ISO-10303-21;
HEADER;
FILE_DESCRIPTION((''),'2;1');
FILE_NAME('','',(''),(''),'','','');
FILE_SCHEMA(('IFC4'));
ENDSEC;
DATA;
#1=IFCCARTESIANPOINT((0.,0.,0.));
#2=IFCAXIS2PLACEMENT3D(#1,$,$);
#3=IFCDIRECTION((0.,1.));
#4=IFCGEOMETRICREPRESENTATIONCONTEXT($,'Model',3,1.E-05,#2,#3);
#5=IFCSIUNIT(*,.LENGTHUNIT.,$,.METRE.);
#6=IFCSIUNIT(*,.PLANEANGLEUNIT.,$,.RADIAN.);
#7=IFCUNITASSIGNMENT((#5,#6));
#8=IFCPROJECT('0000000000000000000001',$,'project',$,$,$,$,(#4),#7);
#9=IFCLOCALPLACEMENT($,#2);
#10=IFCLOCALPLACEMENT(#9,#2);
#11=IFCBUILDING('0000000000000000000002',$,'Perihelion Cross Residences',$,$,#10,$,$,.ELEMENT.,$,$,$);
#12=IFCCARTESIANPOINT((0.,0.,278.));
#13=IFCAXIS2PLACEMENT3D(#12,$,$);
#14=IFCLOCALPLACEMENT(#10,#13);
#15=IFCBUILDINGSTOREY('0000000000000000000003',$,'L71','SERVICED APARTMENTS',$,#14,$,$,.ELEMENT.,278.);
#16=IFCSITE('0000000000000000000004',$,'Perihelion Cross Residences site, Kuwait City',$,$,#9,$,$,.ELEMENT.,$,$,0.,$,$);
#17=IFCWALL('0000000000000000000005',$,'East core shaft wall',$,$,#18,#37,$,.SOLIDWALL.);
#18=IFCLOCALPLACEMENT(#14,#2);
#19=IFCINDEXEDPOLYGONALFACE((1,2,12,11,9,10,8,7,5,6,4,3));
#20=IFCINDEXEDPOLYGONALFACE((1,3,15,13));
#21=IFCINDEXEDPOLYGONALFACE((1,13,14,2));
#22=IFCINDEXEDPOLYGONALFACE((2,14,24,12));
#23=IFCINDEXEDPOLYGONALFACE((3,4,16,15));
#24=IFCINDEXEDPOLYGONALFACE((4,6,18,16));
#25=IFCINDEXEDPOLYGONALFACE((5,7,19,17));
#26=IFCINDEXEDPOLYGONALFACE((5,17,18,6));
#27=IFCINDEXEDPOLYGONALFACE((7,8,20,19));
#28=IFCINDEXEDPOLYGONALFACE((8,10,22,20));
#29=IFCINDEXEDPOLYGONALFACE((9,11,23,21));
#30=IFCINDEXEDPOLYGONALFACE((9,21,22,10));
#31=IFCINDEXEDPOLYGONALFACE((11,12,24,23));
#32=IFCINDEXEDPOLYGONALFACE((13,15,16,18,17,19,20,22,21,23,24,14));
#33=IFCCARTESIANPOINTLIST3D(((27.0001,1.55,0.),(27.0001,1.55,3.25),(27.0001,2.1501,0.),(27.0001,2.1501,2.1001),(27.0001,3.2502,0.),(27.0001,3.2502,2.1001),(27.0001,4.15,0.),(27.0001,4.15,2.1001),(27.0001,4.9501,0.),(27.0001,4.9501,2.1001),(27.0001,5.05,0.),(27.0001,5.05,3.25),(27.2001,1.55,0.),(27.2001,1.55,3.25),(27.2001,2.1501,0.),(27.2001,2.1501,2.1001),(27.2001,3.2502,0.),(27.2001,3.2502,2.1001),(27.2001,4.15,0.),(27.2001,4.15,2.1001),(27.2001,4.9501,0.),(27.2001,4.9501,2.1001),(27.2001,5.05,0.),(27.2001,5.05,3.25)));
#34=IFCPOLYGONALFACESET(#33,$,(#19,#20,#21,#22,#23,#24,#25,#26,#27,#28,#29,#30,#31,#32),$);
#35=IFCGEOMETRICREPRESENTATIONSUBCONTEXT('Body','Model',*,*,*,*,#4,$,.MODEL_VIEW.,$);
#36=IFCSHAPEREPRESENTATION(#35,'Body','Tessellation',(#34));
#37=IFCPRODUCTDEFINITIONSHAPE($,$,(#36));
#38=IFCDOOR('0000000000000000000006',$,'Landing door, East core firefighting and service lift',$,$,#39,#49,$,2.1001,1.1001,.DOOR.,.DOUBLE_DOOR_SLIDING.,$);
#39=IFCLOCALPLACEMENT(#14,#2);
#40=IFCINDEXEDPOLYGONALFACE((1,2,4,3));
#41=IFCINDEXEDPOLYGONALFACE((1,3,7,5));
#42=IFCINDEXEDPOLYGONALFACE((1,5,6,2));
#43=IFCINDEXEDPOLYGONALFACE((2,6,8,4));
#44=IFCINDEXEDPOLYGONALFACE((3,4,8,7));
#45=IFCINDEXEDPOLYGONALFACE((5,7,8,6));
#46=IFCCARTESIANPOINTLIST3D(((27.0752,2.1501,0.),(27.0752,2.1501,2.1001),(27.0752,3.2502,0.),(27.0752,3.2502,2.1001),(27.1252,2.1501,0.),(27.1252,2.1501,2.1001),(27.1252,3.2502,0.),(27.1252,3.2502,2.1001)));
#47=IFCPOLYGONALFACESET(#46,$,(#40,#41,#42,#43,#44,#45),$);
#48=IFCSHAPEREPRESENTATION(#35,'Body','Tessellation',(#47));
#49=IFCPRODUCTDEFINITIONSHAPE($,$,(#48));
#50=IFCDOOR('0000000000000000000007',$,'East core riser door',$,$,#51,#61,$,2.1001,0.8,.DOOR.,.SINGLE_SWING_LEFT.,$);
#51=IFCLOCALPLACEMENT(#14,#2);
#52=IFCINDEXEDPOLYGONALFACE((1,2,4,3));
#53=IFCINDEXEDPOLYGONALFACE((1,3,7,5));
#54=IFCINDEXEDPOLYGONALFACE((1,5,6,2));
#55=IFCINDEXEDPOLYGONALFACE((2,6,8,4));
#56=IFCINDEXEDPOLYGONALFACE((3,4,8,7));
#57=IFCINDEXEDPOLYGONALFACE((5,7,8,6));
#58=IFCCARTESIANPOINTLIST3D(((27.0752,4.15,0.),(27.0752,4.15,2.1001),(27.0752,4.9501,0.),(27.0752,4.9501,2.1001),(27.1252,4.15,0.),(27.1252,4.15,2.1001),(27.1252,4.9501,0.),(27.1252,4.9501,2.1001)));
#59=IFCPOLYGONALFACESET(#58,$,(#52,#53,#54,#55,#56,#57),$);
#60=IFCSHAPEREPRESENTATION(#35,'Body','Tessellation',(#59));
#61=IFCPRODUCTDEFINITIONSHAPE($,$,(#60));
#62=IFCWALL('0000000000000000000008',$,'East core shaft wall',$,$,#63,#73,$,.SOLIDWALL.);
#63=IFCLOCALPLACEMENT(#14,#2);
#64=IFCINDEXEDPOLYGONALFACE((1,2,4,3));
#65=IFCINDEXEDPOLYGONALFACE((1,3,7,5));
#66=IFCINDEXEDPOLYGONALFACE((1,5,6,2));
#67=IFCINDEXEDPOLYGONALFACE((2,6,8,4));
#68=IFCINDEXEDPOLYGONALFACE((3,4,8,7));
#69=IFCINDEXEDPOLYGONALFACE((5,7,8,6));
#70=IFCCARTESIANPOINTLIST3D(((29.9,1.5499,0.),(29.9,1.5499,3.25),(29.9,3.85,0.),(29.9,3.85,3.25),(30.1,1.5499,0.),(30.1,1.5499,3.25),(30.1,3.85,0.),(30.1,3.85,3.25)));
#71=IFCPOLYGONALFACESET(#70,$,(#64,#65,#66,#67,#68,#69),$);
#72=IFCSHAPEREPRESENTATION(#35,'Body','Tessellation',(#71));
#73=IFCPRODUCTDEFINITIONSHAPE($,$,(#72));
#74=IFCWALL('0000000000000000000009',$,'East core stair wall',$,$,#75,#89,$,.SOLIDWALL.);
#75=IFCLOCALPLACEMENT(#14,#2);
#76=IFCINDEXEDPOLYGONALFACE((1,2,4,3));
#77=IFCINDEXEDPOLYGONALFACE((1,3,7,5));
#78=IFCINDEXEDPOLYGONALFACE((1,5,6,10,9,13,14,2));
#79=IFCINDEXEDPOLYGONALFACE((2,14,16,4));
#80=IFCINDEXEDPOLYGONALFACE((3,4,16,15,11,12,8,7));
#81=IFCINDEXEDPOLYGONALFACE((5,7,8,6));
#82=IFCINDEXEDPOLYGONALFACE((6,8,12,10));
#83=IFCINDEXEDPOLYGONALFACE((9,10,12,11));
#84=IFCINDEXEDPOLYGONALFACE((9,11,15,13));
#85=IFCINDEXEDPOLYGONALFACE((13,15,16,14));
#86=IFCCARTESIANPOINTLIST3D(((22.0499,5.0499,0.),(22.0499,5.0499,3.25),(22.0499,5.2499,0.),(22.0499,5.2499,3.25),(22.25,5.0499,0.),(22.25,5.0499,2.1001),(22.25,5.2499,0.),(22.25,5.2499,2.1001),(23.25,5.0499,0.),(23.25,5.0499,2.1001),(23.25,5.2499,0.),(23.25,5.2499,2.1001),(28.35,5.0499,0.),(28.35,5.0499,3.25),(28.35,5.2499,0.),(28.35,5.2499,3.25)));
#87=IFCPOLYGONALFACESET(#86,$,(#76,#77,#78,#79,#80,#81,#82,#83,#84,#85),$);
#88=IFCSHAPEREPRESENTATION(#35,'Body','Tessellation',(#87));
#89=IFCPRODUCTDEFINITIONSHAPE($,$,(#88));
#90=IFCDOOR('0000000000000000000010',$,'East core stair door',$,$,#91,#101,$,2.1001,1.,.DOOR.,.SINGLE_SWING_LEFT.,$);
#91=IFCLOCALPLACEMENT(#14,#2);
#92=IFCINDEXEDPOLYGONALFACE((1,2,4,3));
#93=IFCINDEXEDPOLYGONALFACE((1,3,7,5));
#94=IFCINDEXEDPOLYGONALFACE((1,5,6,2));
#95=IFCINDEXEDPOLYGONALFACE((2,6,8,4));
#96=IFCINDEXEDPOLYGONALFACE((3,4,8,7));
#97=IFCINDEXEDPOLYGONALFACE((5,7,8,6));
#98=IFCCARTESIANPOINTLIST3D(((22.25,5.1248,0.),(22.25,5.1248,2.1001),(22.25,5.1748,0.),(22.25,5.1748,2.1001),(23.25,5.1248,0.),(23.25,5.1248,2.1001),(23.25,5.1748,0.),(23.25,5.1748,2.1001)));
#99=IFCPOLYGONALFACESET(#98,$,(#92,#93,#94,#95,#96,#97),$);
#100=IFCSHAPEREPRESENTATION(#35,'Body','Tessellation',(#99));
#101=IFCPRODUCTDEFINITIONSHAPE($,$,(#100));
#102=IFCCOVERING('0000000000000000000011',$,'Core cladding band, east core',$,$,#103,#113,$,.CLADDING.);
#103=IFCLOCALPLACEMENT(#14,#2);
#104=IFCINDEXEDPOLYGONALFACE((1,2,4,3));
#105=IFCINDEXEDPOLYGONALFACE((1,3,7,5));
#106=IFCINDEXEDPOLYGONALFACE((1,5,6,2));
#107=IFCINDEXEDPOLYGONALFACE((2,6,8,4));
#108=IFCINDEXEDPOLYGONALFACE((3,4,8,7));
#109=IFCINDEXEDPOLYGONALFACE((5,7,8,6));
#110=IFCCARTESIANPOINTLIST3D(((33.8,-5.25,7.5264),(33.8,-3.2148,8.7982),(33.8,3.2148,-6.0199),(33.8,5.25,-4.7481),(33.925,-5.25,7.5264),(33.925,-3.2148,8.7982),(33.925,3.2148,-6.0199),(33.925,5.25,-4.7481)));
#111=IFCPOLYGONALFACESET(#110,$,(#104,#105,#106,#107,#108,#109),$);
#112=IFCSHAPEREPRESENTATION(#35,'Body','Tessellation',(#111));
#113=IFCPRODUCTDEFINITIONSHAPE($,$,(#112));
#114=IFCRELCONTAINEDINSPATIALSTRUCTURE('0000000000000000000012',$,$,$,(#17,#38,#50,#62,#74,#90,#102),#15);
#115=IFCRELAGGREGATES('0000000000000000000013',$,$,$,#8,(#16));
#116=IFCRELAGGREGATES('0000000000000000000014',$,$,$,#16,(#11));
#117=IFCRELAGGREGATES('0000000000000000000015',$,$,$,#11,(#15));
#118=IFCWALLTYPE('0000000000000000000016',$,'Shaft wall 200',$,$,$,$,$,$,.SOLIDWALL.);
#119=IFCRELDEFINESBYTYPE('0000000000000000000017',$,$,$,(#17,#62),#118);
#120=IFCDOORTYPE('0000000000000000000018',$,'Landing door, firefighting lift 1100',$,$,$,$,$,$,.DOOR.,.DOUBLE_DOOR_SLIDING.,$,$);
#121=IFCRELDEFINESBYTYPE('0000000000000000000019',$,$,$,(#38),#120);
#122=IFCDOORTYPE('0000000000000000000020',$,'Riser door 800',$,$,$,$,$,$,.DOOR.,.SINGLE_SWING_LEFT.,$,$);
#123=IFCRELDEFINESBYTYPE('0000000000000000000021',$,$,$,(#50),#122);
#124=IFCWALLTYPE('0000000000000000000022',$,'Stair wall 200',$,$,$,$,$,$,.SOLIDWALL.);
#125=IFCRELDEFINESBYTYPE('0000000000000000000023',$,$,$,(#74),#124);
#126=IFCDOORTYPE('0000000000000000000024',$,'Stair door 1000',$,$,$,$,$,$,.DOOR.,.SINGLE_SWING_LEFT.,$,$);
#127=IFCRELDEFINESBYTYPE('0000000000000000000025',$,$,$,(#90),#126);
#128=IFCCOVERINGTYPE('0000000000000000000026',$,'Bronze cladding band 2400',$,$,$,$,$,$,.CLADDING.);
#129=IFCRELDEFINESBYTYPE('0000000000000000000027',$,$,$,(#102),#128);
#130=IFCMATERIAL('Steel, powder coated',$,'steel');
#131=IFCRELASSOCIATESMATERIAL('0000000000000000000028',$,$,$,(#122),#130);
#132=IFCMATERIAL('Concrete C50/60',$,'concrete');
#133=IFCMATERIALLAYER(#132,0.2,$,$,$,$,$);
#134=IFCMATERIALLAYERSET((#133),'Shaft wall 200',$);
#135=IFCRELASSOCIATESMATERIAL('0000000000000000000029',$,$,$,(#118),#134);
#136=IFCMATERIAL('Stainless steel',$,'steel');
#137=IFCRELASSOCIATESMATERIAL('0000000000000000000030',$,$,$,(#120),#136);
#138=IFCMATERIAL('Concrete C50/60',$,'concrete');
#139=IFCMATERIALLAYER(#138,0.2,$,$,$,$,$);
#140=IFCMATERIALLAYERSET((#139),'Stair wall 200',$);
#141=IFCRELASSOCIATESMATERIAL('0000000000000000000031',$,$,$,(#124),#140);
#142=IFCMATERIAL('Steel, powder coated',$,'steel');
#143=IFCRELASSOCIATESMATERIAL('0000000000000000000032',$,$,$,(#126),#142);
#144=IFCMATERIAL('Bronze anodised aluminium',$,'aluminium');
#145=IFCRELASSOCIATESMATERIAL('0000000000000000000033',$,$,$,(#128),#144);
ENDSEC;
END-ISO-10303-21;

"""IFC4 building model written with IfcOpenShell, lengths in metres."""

from ifc_helpers import new_model, si_unit, direction, frame, frame_2d, origin, origin_2d, place, context, subcontext, project, spatial, rectangle, extrude, material, layer, layer_set, material_profile, profile_set, type_object, element, fill, save


model = new_model("IFC4")

# Units and contexts
model_context = context("Model", 3, precision=1e-05, world=origin(), true_north=direction((0.0, 1.0)))
body_context = subcontext(model_context, "Body", "Model", "MODEL_VIEW")
ifc_project = project(units=[si_unit("LENGTHUNIT", "METRE"), si_unit("PLANEANGLEUNIT", "RADIAN")], contexts=[model_context])

# Site, building, storey
site_placement = place(None, origin())
site = spatial("IfcSite", under=ifc_project, at=site_placement, Name="Perihelion Cross Residences site, Kuwait City", CompositionType="ELEMENT", RefElevation=0.0)
building_placement = place(site_placement, origin())
building = spatial("IfcBuilding", under=site, at=building_placement, Name="Perihelion Cross Residences", CompositionType="ELEMENT")
storey_placement = place(building_placement, frame((0.0, 0.0, 278.0)))
storey = spatial("IfcBuildingStorey", under=building, at=storey_placement, Name="L71", Description="SERVICED APARTMENTS", CompositionType="ELEMENT", Elevation=278.0)

# Shared definitions
ifc_material_1 = material(Name="Steel, powder coated", Category="steel")
door_type_1 = type_object("IfcDoorType", Name="Riser door 800", OperationType="SINGLE_SWING_LEFT", PredefinedType="DOOR", material=ifc_material_1)

# Shared definitions
ifc_material_2 = material(Name="Concrete C50/60", Category="concrete")
ifc_layer_1 = layer(ifc_material_2, 0.2)
ifc_layer_set_1 = layer_set([ifc_layer_1], Name="Shaft wall 200")
wall_type_1 = type_object("IfcWallType", Name="Shaft wall 200", PredefinedType="SOLIDWALL", material=ifc_layer_set_1)

# Wall, openings, doors
wall_1_placement = place(storey_placement, frame((27.1001, 1.55, 0.0), z_axis=(0.0, 0.0, 1.0), x_axis=(0.0, 1.0, 0.0)))
wall_1 = element("IfcWall", 1, at=wall_1_placement, inside=storey, type_object=wall_type_1, Name="East core shaft wall", PredefinedType="SOLIDWALL", context=body_context, shape_type="SweptSolid", body=[
    extrude(rectangle(XDim=3.5, YDim=0.2, at=frame_2d((1.75, 0.0))), origin(), (0.0, 0.0, 1.0), 3.25),
])
opening_1_placement = place(wall_1_placement, frame((0.6001, 0.0, 0.0)))
opening_1 = element("IfcOpeningElement", 2, at=opening_1_placement, cuts=wall_1, PredefinedType="OPENING", context=body_context, shape_type="SweptSolid", body=[
    extrude(rectangle(XDim=1.1001, YDim=2.1001, at=frame_2d((0.55, 1.05))), frame((0.0, 0.1099, 0.0), z_axis=(0.0, -1.0, 0.0), x_axis=(1.0, 0.0, 0.0)), (0.0, 0.0, 1.0), 0.22),
])
opening_2_placement = place(wall_1_placement, frame((2.6001, 0.0, 0.0)))
opening_2 = element("IfcOpeningElement", 3, at=opening_2_placement, cuts=wall_1, PredefinedType="OPENING", context=body_context, shape_type="SweptSolid", body=[
    extrude(rectangle(XDim=0.8, YDim=2.1001, at=frame_2d((0.3999, 1.05))), frame((0.0, 0.1099, 0.0), z_axis=(0.0, -1.0, 0.0), x_axis=(1.0, 0.0, 0.0)), (0.0, 0.0, 1.0), 0.22),
])
ifc_material_3 = material(Name="Stainless steel", Category="steel")
door_type_2 = type_object("IfcDoorType", Name="Landing door, firefighting lift 1100", OperationType="DOUBLE_DOOR_SLIDING", PredefinedType="DOOR", material=ifc_material_3)
door_1_placement = place(opening_1_placement, origin())
door_1 = element("IfcDoor", 4, at=door_1_placement, inside=storey, type_object=door_type_2, Name="Landing door, East core firefighting and service lift", OperationType="DOUBLE_DOOR_SLIDING", OverallHeight=2.1001, OverallWidth=1.1001, PredefinedType="DOOR", context=body_context, shape_type="SweptSolid", body=[
    extrude(rectangle(XDim=1.1001, YDim=2.1001, at=frame_2d((0.55, 1.05))), frame((0.0, 0.0249, 0.0), z_axis=(0.0, -1.0, 0.0), x_axis=(1.0, 0.0, 0.0)), (0.0, 0.0, 1.0), 0.05),
])
fill(opening_1, door_1)
door_2_placement = place(opening_2_placement, origin())
door_2 = element("IfcDoor", 5, at=door_2_placement, inside=storey, type_object=door_type_1, Name="East core riser door", OperationType="SINGLE_SWING_LEFT", OverallHeight=2.1001, OverallWidth=0.8, PredefinedType="DOOR", context=body_context, shape_type="SweptSolid", body=[
    extrude(rectangle(XDim=0.8, YDim=2.1001, at=frame_2d((0.3999, 1.05))), frame((0.0, 0.0249, 0.0), z_axis=(0.0, -1.0, 0.0), x_axis=(1.0, 0.0, 0.0)), (0.0, 0.0, 1.0), 0.05),
])
fill(opening_2, door_2)

# Wall
wall_2_placement = place(storey_placement, frame((30.0, 1.55, 0.0), z_axis=(0.0, 0.0, 1.0), x_axis=(0.0, 1.0, 0.0)))
element("IfcWall", 6, at=wall_2_placement, inside=storey, type_object=wall_type_1, Name="East core shaft wall", PredefinedType="SOLIDWALL", context=body_context, shape_type="SweptSolid", body=[
    extrude(rectangle(XDim=2.3, YDim=0.2, at=frame_2d((1.1499, 0.0))), origin(), (0.0, 0.0, 1.0), 3.25),
])

# Wall, opening, door
ifc_material_4 = material(Name="Concrete C50/60", Category="concrete")
ifc_layer_2 = layer(ifc_material_4, 0.2)
ifc_layer_set_2 = layer_set([ifc_layer_2], Name="Stair wall 200")
wall_type_2 = type_object("IfcWallType", Name="Stair wall 200", PredefinedType="SOLIDWALL", material=ifc_layer_set_2)
wall_3_placement = place(storey_placement, frame((22.05, 5.1499, 0.0), z_axis=(0.0, 0.0, 1.0), x_axis=(1.0, 0.0, 0.0)))
wall_3 = element("IfcWall", 7, at=wall_3_placement, inside=storey, type_object=wall_type_2, Name="East core stair wall", PredefinedType="SOLIDWALL", context=body_context, shape_type="SweptSolid", body=[
    extrude(rectangle(XDim=6.3, YDim=0.2, at=frame_2d((3.1499, 0.0))), origin(), (0.0, 0.0, 1.0), 3.25),
])
opening_3_placement = place(wall_3_placement, frame((0.2, 0.0, 0.0)))
opening_3 = element("IfcOpeningElement", 8, at=opening_3_placement, cuts=wall_3, PredefinedType="OPENING", context=body_context, shape_type="SweptSolid", body=[
    extrude(rectangle(XDim=1.0, YDim=2.1001, at=frame_2d((0.5, 1.05))), frame((0.0, 0.1099, 0.0), z_axis=(0.0, -1.0, 0.0), x_axis=(1.0, 0.0, 0.0)), (0.0, 0.0, 1.0), 0.22),
])
ifc_material_5 = material(Name="Steel, powder coated", Category="steel")
door_type_3 = type_object("IfcDoorType", Name="Stair door 1000", OperationType="SINGLE_SWING_LEFT", PredefinedType="DOOR", material=ifc_material_5)
door_3_placement = place(opening_3_placement, origin())
door_3 = element("IfcDoor", 9, at=door_3_placement, inside=storey, type_object=door_type_3, Name="East core stair door", OperationType="SINGLE_SWING_LEFT", OverallHeight=2.1001, OverallWidth=1.0, PredefinedType="DOOR", context=body_context, shape_type="SweptSolid", body=[
    extrude(rectangle(XDim=1.0, YDim=2.1001, at=frame_2d((0.5, 1.05))), frame((0.0, 0.0249, 0.0), z_axis=(0.0, -1.0, 0.0), x_axis=(1.0, 0.0, 0.0)), (0.0, 0.0, 1.0), 0.05),
])
fill(opening_3, door_3)

# Covering
ifc_material_6 = material(Name="Bronze anodised aluminium", Category="aluminium")
ifc_material_profile = material_profile(ifc_material_6, rectangle(XDim=0.125, YDim=2.3999, at=origin_2d()), Name="Bronze cladding band 2400")
ifc_profile_set = profile_set([ifc_material_profile], Name="Bronze anodised aluminium")
covering_type = type_object("IfcCoveringType", Name="Bronze cladding band 2400", PredefinedType="CLADDING", material=ifc_profile_set)
covering_placement = place(storey_placement, frame((33.8625, 4.2324, -5.384), z_axis=(0.0, -0.529925, 0.848045), x_axis=(1.0, 0.0, 0.0)))
element("IfcCovering", 10, at=covering_placement, inside=storey, type_object=covering_type, Name="Core cladding band, east core", PredefinedType="CLADDING", context=body_context, shape_type="SweptSolid", body=[
    extrude(rectangle(XDim=0.125, YDim=2.3999, at=origin_2d()), origin(), (0.0, 0.0, 1.0), 15.9736),
])

save(model, "model.ifc")
